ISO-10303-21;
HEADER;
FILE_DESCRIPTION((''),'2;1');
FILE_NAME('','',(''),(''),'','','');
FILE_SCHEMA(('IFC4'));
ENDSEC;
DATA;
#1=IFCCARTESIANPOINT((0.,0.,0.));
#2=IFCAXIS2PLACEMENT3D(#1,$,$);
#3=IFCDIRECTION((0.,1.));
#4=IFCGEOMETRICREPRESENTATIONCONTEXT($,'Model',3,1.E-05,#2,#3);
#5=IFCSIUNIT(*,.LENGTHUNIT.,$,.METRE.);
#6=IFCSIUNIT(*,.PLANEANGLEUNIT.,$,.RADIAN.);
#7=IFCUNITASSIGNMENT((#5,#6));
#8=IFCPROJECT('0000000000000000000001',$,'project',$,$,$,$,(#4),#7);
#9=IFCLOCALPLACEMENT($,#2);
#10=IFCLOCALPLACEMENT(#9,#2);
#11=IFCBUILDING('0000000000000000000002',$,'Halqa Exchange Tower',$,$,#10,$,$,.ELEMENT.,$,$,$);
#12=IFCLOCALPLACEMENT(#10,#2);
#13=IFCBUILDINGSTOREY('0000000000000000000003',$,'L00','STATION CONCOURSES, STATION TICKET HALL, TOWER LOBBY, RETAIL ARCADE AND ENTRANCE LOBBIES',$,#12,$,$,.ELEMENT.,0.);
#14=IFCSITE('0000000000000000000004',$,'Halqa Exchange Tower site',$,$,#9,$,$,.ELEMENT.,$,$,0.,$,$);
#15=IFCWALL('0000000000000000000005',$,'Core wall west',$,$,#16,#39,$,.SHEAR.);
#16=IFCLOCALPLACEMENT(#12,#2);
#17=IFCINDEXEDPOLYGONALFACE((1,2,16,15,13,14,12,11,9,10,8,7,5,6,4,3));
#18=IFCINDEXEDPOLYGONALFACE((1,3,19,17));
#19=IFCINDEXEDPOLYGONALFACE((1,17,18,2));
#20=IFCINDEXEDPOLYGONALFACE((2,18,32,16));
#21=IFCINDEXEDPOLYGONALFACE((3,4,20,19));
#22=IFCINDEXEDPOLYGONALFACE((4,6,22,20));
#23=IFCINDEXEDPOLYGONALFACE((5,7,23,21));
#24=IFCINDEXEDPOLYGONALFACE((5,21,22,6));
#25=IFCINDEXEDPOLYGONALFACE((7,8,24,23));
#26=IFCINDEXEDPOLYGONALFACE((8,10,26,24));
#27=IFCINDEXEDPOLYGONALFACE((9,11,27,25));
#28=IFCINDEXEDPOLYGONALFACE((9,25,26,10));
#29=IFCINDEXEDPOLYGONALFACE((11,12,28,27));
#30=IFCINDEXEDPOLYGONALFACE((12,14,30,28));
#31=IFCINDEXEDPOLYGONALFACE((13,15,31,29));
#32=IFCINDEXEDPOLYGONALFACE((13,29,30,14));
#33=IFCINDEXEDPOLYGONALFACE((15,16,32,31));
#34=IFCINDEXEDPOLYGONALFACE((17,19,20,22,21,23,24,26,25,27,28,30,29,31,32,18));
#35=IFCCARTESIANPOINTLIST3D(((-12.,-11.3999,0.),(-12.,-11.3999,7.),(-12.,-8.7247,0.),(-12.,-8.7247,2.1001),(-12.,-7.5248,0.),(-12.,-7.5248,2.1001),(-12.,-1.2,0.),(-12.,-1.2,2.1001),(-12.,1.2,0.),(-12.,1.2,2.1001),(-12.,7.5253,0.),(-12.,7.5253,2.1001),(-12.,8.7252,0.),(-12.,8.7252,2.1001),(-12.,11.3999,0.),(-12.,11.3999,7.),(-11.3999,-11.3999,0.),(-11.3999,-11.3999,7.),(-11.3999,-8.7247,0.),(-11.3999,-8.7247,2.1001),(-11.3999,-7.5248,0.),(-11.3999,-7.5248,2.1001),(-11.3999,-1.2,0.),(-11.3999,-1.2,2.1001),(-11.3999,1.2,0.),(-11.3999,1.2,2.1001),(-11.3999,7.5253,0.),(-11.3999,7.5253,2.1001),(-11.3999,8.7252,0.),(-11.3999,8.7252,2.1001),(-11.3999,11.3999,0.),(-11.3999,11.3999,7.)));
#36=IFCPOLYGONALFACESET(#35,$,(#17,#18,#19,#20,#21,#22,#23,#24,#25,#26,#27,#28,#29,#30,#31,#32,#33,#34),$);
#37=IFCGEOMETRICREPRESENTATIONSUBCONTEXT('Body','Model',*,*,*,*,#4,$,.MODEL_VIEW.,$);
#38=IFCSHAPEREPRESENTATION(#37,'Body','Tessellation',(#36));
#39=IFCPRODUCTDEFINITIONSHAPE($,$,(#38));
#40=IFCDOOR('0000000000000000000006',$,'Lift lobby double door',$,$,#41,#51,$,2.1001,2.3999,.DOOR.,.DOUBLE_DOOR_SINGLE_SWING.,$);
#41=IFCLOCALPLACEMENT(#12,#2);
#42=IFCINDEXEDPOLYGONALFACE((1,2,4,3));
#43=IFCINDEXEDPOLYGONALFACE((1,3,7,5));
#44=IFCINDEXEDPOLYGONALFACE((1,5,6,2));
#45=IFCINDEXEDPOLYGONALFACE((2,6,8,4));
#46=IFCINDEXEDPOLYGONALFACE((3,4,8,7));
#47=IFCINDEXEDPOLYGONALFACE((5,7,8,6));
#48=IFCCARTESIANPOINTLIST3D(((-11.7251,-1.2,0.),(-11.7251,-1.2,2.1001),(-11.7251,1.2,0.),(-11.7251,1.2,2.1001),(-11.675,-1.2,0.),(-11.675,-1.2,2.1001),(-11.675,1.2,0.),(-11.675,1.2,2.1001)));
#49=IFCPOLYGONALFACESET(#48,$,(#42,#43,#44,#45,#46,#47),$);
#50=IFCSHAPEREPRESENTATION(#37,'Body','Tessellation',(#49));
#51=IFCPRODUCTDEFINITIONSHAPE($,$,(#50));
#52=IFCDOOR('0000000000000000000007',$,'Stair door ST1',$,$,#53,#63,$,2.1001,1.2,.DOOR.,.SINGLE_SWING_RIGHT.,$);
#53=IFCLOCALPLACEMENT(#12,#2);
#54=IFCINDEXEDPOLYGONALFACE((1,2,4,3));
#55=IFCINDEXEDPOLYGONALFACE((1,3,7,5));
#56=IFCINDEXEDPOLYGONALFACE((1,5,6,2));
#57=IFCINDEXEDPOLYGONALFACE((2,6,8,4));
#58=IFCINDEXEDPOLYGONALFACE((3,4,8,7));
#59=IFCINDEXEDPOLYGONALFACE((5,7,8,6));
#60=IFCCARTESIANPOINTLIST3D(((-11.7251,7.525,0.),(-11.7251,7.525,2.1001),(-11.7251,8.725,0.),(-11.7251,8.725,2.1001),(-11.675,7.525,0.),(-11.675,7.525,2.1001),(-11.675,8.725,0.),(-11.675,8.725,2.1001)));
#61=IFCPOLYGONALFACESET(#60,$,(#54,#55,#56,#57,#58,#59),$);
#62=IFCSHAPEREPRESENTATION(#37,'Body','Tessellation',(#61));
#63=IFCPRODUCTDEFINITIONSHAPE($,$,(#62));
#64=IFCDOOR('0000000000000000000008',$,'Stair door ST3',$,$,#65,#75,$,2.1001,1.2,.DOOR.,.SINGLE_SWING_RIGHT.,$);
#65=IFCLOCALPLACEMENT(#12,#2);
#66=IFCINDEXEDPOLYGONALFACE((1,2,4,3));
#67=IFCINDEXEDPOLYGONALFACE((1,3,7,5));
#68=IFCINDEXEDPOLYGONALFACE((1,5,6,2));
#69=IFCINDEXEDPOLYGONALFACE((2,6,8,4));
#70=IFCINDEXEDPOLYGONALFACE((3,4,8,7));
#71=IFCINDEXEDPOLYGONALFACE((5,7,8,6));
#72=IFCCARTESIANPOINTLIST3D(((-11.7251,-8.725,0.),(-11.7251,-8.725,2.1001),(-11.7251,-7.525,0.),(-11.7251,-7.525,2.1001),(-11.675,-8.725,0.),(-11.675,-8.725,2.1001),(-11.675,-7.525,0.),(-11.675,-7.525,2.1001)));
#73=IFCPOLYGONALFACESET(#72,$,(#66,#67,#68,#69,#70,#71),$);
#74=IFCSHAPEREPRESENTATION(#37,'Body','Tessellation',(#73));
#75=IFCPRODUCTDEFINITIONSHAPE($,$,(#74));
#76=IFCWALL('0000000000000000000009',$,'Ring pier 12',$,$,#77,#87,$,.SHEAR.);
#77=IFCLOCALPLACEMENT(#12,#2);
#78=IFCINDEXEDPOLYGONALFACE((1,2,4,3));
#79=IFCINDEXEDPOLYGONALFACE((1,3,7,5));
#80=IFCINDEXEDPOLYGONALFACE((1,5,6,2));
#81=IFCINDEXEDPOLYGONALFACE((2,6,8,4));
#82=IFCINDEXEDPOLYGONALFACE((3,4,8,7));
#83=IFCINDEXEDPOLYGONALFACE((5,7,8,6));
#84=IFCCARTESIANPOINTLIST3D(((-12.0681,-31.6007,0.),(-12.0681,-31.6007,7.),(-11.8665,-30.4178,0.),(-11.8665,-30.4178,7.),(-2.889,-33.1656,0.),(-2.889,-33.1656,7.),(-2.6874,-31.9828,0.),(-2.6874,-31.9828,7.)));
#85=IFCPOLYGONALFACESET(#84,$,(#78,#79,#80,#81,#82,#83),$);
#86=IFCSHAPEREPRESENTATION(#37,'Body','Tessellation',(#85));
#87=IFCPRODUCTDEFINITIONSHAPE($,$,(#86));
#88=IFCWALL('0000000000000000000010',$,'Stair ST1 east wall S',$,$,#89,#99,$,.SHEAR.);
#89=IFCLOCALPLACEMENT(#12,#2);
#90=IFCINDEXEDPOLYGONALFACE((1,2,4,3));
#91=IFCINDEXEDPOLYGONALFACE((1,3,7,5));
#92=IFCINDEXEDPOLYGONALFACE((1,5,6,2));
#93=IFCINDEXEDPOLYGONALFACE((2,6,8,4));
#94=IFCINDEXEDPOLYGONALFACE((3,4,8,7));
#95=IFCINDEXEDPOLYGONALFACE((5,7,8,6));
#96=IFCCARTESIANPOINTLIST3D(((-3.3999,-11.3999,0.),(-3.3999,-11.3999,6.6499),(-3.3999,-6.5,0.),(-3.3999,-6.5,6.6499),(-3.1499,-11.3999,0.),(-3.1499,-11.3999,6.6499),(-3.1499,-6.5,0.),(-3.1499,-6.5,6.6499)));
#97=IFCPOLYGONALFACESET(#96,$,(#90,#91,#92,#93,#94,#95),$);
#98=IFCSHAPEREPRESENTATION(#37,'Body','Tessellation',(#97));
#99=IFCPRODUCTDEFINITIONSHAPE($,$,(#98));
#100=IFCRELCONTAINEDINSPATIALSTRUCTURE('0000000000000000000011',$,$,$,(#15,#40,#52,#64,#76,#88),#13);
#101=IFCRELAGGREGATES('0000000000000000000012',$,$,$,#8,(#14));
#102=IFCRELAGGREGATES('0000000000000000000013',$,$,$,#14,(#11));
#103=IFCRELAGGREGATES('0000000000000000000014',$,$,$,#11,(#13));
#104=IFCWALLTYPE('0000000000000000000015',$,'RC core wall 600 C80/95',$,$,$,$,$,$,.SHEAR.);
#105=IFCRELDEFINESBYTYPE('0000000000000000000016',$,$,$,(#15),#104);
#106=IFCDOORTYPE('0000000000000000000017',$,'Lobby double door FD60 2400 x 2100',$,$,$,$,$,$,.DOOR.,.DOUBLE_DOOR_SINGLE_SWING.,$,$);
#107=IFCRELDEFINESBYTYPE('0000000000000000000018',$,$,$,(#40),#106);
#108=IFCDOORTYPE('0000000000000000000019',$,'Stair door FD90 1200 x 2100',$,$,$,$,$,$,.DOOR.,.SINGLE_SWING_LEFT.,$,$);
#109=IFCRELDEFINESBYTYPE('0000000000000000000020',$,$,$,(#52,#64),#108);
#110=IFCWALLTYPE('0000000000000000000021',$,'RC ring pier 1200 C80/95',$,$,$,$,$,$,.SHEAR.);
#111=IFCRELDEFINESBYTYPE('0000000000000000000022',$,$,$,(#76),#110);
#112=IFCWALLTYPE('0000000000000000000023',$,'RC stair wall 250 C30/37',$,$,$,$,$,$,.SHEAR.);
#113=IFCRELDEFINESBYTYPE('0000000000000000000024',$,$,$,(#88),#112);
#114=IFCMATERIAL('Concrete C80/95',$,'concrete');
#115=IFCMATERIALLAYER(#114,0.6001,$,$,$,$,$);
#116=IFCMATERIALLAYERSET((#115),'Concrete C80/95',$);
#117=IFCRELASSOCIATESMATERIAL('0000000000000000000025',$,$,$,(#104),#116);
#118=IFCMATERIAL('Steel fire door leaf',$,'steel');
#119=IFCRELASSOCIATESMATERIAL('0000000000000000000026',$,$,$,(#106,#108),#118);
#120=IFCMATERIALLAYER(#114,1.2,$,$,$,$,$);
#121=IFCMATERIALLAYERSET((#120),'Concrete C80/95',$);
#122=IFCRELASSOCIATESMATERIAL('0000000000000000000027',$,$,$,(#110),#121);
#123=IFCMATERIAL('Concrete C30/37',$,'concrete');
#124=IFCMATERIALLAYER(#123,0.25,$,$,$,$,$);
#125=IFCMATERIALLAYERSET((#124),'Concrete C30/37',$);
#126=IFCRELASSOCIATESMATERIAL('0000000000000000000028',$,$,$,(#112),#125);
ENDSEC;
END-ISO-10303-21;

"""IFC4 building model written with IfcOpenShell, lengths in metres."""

from ifc_helpers import new_model, si_unit, direction, frame, frame_2d, origin, place, context, subcontext, project, spatial, rectangle, extrude, material, layer, layer_set, type_object, element, fill, save


model = new_model("IFC4")

# Units and contexts
model_context = context("Model", 3, precision=1e-05, world=origin(), true_north=direction((0.0, 1.0)))
body_context = subcontext(model_context, "Body", "Model", "MODEL_VIEW")
ifc_project = project(units=[si_unit("LENGTHUNIT", "METRE"), si_unit("PLANEANGLEUNIT", "RADIAN")], contexts=[model_context])

# Site, building, storey
site_placement = place(None, origin())
site = spatial("IfcSite", under=ifc_project, at=site_placement, Name="Halqa Exchange Tower site", CompositionType="ELEMENT", RefElevation=0.0)
building_placement = place(site_placement, origin())
building = spatial("IfcBuilding", under=site, at=building_placement, Name="Halqa Exchange Tower", CompositionType="ELEMENT")
storey_placement = place(building_placement, origin())
storey = spatial("IfcBuildingStorey", under=building, at=storey_placement, Name="L00", Description="STATION CONCOURSES, STATION TICKET HALL, TOWER LOBBY, RETAIL ARCADE AND ENTRANCE LOBBIES", CompositionType="ELEMENT", Elevation=0.0)

# Shared definitions
ifc_material_1 = material(Name="Steel fire door leaf", Category="steel")

# Wall, openings, doors
ifc_material_2 = material(Name="Concrete C80/95", Category="concrete")
ifc_layer_1 = layer(ifc_material_2, 0.6001)
ifc_layer_set_1 = layer_set([ifc_layer_1], Name="Concrete C80/95")
wall_type_1 = type_object("IfcWallType", Name="RC core wall 600 C80/95", PredefinedType="SHEAR", material=ifc_layer_set_1)
wall_1_placement = place(storey_placement, frame((-11.7, -11.3999, 0.0), z_axis=(0.0, 0.0, 1.0), x_axis=(0.0, 1.0, 0.0)))
wall_1 = element("IfcWall", 1, at=wall_1_placement, inside=storey, type_object=wall_type_1, Name="Core wall west", PredefinedType="SHEAR", context=body_context, shape_type="SweptSolid", body=[
    extrude(rectangle(XDim=22.7998, YDim=0.6001, at=frame_2d((11.3999, 0.0))), origin(), (0.0, 0.0, 1.0), 7.0),
])
opening_1_placement = place(wall_1_placement, frame((10.2, 0.0, 0.0)))
opening_1 = element("IfcOpeningElement", 2, at=opening_1_placement, cuts=wall_1, PredefinedType="OPENING", context=body_context, shape_type="SweptSolid", body=[
    extrude(rectangle(XDim=2.3999, YDim=2.1001, at=frame_2d((1.2, 1.05))), frame((0.0, 0.312, 0.0), z_axis=(0.0, -1.0, 0.0), x_axis=(1.0, 0.0, 0.0)), (0.0, 0.0, 1.0), 0.624),
])
opening_2_placement = place(wall_1_placement, frame((18.925, 0.0, 0.0)))
opening_2 = element("IfcOpeningElement", 3, at=opening_2_placement, cuts=wall_1, PredefinedType="OPENING", context=body_context, shape_type="SweptSolid", body=[
    extrude(rectangle(XDim=1.2, YDim=2.1001, at=frame_2d((0.6001, 1.05))), frame((0.0, 0.312, 0.0), z_axis=(0.0, -1.0, 0.0), x_axis=(1.0, 0.0, 0.0)), (0.0, 0.0, 1.0), 0.624),
])
opening_3_placement = place(wall_1_placement, frame((2.675, 0.0, 0.0)))
opening_3 = element("IfcOpeningElement", 4, at=opening_3_placement, cuts=wall_1, PredefinedType="OPENING", context=body_context, shape_type="SweptSolid", body=[
    extrude(rectangle(XDim=1.2, YDim=2.1001, at=frame_2d((0.6001, 1.05))), frame((0.0, 0.312, 0.0), z_axis=(0.0, -1.0, 0.0), x_axis=(1.0, 0.0, 0.0)), (0.0, 0.0, 1.0), 0.624),
])
door_type_1 = type_object("IfcDoorType", Name="Lobby double door FD60 2400 x 2100", OperationType="DOUBLE_DOOR_SINGLE_SWING", PredefinedType="DOOR", material=ifc_material_1)
door_1_placement = place(opening_1_placement, frame((2.3999, 0.0, 0.0), z_axis=(0.0, 0.0, 1.0), x_axis=(-1.0, 0.0, 0.0)))
door_1 = element("IfcDoor", 5, at=door_1_placement, inside=storey, type_object=door_type_1, Name="Lift lobby double door", OperationType="DOUBLE_DOOR_SINGLE_SWING", OverallHeight=2.1001, OverallWidth=2.3999, PredefinedType="DOOR", context=body_context, shape_type="SweptSolid", body=[
    extrude(rectangle(XDim=2.3999, YDim=2.1001, at=frame_2d((1.2, 1.05))), frame((0.0, 0.0249, 0.0), z_axis=(0.0, -1.0, 0.0), x_axis=(1.0, 0.0, 0.0)), (0.0, 0.0, 1.0), 0.05),
])
fill(opening_1, door_1)
door_type_2 = type_object("IfcDoorType", Name="Stair door FD90 1200 x 2100", OperationType="SINGLE_SWING_LEFT", PredefinedType="DOOR", material=ifc_material_1)
door_2_placement = place(opening_2_placement, frame((1.2, 0.0, 0.0), z_axis=(0.0, 0.0, 1.0), x_axis=(-1.0, 0.0, 0.0)))
door_2 = element("IfcDoor", 6, at=door_2_placement, inside=storey, type_object=door_type_2, Name="Stair door ST1", OperationType="SINGLE_SWING_RIGHT", OverallHeight=2.1001, OverallWidth=1.2, PredefinedType="DOOR", context=body_context, shape_type="SweptSolid", body=[
    extrude(rectangle(XDim=1.2, YDim=2.1001, at=frame_2d((0.6001, 1.05))), frame((0.0, 0.0249, 0.0), z_axis=(0.0, -1.0, 0.0), x_axis=(1.0, 0.0, 0.0)), (0.0, 0.0, 1.0), 0.05),
])
fill(opening_2, door_2)
door_3_placement = place(opening_3_placement, frame((1.2, 0.0, 0.0), z_axis=(0.0, 0.0, 1.0), x_axis=(-1.0, 0.0, 0.0)))
door_3 = element("IfcDoor", 7, at=door_3_placement, inside=storey, type_object=door_type_2, Name="Stair door ST3", OperationType="SINGLE_SWING_RIGHT", OverallHeight=2.1001, OverallWidth=1.2, PredefinedType="DOOR", context=body_context, shape_type="SweptSolid", body=[
    extrude(rectangle(XDim=1.2, YDim=2.1001, at=frame_2d((0.6001, 1.05))), frame((0.0, 0.0249, 0.0), z_axis=(0.0, -1.0, 0.0), x_axis=(1.0, 0.0, 0.0)), (0.0, 0.0, 1.0), 0.05),
])
fill(opening_3, door_3)

# Walls
ifc_layer_2 = layer(ifc_material_2, 1.2)
ifc_layer_set_2 = layer_set([ifc_layer_2], Name="Concrete C80/95")
wall_type_2 = type_object("IfcWallType", Name="RC ring pier 1200 C80/95", PredefinedType="SHEAR", material=ifc_layer_set_2)
wall_2_placement = place(storey_placement, frame((-11.9673, -31.0093, 0.0), z_axis=(0.0, 0.0, 1.0), x_axis=(0.985776, -0.168063, 0.0)))
element("IfcWall", 8, at=wall_2_placement, inside=storey, type_object=wall_type_2, Name="Ring pier 12", PredefinedType="SHEAR", context=body_context, shape_type="SweptSolid", body=[
    extrude(rectangle(XDim=9.3115, YDim=1.2, at=frame_2d((4.6558, 0.0))), origin(), (0.0, 0.0, 1.0), 7.0),
])
ifc_material_3 = material(Name="Concrete C30/37", Category="concrete")
ifc_layer_3 = layer(ifc_material_3, 0.25)
ifc_layer_set_3 = layer_set([ifc_layer_3], Name="Concrete C30/37")
wall_type_3 = type_object("IfcWallType", Name="RC stair wall 250 C30/37", PredefinedType="SHEAR", material=ifc_layer_set_3)
wall_3_placement = place(storey_placement, frame((-3.2749, -11.3999, 0.0), z_axis=(0.0, 0.0, 1.0), x_axis=(0.0, 1.0, 0.0)))
element("IfcWall", 9, at=wall_3_placement, inside=storey, type_object=wall_type_3, Name="Stair ST1 east wall S", PredefinedType="SHEAR", context=body_context, shape_type="SweptSolid", body=[
    extrude(rectangle(XDim=4.8999, YDim=0.25, at=frame_2d((2.45, 0.0))), origin(), (0.0, 0.0, 1.0), 6.6499),
])

save(model, "model.ifc")
